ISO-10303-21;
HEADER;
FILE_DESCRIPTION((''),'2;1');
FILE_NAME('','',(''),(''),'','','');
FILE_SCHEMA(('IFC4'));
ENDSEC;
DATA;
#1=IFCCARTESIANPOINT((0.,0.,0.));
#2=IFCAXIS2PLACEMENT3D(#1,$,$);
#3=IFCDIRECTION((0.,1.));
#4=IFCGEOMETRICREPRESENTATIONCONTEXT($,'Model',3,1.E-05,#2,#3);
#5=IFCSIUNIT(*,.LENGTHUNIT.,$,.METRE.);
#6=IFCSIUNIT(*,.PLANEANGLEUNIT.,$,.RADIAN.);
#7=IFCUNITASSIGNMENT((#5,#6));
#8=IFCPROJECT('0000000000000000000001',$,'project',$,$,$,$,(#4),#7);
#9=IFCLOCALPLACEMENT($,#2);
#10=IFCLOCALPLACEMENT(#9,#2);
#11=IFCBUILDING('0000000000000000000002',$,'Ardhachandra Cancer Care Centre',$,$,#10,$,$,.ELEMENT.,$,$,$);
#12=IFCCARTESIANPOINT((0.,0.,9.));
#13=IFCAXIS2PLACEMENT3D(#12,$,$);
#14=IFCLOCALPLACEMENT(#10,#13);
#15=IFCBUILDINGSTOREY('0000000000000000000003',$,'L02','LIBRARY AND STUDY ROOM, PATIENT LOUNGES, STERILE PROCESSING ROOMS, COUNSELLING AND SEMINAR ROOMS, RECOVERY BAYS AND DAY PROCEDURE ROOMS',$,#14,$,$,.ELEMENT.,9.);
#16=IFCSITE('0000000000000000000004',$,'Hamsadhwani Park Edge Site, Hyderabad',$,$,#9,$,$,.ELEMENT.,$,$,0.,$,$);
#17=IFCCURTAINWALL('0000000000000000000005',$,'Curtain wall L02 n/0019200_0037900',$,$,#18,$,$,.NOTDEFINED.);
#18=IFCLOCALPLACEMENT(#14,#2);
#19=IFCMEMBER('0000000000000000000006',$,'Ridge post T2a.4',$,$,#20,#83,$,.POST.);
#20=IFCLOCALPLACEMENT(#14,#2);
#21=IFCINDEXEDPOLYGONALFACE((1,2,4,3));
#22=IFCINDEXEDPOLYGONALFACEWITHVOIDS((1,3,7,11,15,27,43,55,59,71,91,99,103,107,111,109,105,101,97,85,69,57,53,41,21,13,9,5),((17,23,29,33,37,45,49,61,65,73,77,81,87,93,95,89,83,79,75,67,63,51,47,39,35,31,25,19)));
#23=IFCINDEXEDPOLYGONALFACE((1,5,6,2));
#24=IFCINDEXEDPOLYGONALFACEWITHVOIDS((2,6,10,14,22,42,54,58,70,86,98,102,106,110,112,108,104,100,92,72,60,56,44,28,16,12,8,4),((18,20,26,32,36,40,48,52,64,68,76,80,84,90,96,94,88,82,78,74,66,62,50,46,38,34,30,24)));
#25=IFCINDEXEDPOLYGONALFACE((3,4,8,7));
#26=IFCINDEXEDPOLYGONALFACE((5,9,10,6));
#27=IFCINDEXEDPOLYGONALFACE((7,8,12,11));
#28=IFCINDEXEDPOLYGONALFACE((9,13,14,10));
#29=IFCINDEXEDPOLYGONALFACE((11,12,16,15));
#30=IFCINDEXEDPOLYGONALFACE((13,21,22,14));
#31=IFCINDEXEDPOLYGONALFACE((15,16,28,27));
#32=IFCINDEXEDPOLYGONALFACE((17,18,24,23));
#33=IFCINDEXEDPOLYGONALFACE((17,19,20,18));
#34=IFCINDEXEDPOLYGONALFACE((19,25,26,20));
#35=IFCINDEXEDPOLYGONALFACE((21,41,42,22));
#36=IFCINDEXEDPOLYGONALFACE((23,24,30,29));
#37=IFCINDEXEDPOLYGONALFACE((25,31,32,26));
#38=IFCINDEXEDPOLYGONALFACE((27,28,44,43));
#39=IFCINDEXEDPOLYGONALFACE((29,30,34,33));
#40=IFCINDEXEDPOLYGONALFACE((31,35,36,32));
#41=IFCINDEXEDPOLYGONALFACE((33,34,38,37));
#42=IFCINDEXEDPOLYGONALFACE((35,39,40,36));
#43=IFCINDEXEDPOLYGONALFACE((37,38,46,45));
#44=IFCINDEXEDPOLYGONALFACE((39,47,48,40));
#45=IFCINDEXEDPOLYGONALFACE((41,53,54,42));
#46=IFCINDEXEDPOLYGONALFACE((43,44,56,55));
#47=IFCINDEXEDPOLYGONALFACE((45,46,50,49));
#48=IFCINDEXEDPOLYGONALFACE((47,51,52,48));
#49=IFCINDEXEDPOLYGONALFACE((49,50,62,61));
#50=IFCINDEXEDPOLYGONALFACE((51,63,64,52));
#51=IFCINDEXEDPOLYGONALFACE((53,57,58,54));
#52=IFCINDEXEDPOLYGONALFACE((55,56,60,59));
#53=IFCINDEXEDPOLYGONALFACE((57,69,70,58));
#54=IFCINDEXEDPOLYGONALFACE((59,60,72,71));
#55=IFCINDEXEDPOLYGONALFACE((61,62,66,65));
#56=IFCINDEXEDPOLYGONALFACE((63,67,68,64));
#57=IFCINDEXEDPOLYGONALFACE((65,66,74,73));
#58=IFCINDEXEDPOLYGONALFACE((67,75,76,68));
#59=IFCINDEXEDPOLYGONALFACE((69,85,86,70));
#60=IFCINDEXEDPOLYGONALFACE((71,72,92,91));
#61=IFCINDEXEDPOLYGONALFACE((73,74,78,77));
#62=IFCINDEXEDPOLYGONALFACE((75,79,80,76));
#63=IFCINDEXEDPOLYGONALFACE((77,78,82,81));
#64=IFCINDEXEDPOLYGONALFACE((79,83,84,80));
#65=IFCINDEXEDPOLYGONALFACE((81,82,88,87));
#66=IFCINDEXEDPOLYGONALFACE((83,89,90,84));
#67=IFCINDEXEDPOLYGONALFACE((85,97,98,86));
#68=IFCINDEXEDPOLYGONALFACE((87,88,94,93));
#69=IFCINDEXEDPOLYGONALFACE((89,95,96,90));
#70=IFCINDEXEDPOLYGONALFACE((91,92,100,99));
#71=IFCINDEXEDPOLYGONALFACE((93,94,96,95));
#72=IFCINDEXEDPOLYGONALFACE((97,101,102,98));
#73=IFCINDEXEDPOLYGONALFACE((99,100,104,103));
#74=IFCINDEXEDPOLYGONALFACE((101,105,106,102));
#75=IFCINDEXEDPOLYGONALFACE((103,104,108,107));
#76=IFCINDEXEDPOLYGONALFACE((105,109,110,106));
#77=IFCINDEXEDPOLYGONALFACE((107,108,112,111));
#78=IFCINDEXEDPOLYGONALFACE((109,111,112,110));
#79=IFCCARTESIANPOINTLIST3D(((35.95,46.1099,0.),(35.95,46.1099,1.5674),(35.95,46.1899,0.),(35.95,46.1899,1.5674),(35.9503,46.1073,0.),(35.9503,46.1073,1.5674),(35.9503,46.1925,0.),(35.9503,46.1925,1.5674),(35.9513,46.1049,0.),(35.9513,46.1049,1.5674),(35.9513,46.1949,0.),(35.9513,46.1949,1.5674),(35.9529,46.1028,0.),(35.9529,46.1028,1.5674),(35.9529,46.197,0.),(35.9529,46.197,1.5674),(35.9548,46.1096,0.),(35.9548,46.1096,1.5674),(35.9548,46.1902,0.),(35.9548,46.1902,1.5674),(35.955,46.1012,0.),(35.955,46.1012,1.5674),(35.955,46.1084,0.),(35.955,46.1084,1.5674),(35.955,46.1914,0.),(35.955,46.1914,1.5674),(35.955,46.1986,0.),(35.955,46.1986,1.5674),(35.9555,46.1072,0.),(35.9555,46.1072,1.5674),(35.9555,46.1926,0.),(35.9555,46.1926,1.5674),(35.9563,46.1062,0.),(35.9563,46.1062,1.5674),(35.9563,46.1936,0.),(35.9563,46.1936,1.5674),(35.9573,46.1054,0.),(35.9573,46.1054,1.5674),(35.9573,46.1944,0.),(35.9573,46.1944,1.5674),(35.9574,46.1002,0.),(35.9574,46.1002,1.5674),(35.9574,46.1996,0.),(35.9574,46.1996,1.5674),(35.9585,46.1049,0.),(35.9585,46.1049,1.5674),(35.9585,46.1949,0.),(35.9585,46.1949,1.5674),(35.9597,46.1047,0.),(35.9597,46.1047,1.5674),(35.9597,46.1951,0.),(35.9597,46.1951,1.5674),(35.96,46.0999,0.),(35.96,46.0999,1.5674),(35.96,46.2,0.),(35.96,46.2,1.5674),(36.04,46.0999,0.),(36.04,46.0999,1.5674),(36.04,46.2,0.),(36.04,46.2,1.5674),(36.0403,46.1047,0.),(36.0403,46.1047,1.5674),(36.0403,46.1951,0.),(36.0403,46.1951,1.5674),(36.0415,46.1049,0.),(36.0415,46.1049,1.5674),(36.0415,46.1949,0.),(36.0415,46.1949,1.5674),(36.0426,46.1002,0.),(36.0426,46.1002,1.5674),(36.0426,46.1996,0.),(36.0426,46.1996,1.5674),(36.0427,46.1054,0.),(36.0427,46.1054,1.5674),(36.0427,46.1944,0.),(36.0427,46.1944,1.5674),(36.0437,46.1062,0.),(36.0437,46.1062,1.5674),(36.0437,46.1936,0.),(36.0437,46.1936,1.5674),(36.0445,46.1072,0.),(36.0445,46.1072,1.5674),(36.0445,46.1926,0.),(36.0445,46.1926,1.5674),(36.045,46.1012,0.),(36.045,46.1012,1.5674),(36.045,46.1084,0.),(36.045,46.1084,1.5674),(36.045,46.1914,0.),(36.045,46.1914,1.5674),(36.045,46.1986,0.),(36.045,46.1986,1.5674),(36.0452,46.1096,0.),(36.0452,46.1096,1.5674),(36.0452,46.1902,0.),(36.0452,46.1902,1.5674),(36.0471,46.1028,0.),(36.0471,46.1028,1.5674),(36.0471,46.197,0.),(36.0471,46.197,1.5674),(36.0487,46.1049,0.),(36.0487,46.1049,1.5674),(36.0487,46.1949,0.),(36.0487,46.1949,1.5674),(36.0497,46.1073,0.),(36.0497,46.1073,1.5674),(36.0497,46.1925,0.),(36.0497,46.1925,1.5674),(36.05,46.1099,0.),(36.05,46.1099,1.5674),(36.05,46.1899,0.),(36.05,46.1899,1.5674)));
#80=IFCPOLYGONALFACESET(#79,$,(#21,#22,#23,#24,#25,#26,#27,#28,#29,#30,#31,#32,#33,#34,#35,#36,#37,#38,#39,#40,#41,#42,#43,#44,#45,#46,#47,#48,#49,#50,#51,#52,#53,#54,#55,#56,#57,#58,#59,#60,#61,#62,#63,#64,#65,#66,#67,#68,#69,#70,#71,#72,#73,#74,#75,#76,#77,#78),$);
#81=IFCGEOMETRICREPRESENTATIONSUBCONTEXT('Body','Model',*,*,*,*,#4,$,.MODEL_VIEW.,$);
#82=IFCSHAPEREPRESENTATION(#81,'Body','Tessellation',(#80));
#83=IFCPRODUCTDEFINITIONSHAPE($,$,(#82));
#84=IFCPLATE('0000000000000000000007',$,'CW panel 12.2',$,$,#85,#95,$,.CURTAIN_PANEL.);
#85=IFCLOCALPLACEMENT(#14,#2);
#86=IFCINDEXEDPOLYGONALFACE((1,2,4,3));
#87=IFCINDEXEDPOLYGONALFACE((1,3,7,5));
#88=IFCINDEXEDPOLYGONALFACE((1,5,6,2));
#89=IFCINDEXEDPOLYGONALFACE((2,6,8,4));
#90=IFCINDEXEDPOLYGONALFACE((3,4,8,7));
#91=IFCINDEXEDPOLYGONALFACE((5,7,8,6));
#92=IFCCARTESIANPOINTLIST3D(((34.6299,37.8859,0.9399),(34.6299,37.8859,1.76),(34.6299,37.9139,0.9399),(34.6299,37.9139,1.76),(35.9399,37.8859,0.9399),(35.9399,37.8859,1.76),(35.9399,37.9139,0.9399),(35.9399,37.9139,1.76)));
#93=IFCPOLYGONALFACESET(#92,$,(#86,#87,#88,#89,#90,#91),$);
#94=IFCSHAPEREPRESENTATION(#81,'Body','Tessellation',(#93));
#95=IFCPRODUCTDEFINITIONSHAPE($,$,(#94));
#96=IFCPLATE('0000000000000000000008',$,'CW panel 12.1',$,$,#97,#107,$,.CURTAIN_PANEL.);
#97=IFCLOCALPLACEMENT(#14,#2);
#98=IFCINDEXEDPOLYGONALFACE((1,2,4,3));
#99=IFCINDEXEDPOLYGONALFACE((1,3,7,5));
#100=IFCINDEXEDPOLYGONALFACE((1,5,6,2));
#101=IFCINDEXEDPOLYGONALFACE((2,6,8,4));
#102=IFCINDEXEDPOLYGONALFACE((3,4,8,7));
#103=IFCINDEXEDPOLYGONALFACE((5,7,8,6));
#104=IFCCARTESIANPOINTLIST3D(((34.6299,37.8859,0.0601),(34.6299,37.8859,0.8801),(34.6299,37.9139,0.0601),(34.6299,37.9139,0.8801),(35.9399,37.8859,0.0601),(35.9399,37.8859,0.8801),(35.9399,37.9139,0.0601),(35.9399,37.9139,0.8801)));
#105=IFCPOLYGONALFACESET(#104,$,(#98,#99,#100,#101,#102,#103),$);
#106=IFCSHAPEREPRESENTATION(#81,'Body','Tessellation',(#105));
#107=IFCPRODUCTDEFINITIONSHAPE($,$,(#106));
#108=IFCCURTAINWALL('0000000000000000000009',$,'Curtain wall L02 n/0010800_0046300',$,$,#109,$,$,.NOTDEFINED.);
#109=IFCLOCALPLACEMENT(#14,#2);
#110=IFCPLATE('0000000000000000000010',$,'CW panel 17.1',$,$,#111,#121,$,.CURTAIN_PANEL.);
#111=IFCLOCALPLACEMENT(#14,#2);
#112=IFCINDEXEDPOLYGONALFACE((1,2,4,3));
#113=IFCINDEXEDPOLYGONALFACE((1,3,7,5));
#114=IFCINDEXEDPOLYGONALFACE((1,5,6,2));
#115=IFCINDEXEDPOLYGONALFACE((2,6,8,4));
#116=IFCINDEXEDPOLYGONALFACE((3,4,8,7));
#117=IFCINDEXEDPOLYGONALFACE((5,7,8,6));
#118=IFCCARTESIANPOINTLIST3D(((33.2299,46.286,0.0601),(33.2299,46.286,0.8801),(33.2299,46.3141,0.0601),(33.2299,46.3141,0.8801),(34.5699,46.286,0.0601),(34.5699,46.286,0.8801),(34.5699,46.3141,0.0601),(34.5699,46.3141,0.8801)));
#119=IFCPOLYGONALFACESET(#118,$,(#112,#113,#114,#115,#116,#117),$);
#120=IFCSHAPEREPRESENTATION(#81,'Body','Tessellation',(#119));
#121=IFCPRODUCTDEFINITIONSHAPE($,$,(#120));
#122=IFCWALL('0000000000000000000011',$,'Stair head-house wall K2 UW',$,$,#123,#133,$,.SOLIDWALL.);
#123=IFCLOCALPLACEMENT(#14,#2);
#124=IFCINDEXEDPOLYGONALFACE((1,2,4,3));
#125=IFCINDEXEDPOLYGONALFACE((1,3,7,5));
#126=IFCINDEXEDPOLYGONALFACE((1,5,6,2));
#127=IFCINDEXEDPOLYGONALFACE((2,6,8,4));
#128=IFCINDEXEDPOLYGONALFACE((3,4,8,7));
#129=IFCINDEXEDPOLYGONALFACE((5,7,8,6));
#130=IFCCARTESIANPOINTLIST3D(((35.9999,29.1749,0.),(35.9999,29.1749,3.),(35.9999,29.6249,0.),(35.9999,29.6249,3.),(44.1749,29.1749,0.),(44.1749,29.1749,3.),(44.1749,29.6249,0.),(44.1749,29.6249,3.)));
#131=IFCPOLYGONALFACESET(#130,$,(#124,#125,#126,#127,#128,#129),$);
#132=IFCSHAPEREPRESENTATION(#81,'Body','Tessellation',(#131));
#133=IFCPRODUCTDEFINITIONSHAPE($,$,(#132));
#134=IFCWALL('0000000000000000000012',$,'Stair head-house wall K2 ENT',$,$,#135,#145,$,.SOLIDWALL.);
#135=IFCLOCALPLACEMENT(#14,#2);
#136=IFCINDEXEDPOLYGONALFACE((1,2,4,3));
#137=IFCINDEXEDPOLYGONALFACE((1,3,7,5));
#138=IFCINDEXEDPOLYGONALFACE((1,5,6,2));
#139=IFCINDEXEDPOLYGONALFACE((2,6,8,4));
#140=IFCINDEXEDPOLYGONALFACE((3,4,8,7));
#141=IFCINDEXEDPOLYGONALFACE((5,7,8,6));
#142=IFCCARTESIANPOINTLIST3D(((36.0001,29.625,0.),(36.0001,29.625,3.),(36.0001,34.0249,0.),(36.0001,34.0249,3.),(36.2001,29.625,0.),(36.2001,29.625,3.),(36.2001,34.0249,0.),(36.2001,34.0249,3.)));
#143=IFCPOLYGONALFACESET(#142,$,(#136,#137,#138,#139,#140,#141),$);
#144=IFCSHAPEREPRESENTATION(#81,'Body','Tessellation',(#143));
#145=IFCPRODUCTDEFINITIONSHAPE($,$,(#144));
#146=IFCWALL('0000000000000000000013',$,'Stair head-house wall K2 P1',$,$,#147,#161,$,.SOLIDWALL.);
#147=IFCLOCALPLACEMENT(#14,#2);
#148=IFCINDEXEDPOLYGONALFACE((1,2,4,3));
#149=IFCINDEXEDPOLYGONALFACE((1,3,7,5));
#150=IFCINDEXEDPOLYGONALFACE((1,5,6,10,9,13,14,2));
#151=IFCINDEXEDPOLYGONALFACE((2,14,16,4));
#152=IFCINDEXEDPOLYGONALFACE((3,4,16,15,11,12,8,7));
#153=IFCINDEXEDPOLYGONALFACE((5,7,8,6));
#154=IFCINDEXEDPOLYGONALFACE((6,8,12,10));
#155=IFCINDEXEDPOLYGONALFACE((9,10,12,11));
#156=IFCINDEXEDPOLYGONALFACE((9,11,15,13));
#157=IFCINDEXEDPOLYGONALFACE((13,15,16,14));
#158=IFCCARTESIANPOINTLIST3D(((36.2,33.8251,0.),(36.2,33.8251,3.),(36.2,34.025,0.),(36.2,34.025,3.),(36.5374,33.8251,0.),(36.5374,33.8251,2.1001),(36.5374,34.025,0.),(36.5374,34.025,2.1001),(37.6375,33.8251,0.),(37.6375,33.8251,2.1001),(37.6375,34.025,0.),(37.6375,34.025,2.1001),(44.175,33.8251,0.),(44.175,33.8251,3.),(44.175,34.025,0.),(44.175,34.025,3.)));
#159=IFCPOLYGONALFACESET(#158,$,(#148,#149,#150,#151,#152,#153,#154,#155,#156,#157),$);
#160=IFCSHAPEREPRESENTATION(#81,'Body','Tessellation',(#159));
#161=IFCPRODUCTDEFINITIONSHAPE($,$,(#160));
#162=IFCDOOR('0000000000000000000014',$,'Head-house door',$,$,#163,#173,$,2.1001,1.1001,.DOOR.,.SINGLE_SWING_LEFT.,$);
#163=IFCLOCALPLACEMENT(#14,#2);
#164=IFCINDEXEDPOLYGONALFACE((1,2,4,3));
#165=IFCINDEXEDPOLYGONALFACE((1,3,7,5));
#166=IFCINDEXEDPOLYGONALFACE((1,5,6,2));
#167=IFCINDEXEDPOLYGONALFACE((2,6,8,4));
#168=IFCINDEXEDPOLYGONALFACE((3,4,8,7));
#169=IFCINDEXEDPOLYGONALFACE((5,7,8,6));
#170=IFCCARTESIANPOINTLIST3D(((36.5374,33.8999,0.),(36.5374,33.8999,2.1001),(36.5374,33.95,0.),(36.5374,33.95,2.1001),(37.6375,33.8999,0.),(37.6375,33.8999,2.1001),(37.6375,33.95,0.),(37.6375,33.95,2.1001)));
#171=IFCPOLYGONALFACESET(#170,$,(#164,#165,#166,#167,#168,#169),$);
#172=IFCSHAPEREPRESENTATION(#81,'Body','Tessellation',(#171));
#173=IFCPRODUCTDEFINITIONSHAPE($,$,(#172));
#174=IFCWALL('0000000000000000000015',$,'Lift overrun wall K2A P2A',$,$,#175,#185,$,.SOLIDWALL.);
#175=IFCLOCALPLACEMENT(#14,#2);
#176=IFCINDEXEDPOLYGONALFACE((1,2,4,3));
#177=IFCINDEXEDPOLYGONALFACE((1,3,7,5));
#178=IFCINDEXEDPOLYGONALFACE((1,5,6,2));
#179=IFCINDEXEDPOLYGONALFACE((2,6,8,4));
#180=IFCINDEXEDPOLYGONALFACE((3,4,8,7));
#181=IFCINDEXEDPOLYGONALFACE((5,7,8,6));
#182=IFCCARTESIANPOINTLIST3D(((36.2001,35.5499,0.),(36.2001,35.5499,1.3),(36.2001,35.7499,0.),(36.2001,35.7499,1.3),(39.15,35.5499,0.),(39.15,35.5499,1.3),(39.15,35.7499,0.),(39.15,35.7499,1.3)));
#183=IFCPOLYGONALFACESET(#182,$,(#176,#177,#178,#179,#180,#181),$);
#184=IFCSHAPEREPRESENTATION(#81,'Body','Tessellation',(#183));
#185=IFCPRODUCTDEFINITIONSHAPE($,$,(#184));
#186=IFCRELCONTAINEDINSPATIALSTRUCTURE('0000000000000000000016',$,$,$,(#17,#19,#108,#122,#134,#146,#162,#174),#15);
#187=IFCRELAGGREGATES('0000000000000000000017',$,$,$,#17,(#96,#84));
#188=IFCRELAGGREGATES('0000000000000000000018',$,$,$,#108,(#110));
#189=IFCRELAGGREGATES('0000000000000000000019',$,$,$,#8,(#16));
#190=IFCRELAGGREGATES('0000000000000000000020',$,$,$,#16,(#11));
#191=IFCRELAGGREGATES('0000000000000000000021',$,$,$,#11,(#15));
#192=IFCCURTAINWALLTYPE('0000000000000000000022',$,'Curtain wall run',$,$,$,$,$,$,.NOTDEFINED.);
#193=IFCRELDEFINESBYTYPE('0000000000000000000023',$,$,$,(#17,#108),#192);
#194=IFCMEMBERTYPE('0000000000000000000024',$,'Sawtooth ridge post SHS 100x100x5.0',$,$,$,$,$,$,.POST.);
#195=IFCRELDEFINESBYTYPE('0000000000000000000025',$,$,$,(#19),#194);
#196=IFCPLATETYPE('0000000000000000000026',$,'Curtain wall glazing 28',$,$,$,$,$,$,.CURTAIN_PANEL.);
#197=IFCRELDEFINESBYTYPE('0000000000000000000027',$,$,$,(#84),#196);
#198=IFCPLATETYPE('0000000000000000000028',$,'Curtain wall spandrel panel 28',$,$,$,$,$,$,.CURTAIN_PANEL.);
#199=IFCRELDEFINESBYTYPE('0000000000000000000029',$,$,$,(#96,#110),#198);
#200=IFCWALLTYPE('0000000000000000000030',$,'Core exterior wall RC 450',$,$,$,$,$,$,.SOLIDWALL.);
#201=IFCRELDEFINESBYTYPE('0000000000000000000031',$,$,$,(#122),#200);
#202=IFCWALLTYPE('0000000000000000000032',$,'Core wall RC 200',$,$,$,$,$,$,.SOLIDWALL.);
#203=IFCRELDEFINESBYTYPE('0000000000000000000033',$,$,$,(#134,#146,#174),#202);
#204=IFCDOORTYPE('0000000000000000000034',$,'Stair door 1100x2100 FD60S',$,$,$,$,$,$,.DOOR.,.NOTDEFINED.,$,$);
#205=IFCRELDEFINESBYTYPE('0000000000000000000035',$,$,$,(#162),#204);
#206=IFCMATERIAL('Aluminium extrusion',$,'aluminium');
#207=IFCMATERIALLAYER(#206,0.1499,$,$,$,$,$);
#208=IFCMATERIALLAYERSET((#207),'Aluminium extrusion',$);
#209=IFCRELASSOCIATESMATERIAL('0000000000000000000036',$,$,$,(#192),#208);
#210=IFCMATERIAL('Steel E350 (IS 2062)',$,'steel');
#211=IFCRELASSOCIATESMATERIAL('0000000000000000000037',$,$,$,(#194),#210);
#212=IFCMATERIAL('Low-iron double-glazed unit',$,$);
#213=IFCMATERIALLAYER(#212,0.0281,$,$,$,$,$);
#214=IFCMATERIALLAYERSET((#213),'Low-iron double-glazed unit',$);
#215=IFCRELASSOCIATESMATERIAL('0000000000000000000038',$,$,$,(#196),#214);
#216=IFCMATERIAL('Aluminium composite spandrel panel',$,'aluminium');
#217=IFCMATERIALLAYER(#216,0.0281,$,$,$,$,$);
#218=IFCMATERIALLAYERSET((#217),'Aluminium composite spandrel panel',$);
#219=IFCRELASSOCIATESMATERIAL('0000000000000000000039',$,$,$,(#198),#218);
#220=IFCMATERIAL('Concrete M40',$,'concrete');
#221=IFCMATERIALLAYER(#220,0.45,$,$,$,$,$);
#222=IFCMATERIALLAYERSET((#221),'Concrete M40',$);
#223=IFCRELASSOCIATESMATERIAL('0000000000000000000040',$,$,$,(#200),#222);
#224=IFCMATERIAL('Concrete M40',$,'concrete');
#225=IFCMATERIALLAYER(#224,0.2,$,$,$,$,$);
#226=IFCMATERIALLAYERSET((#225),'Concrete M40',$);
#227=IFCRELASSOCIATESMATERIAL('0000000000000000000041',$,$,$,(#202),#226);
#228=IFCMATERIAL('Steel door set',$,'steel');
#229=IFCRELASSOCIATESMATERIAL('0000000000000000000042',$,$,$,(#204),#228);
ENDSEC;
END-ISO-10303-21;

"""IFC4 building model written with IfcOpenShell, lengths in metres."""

from ifc_helpers import new_model, si_unit, direction, frame, frame_2d, origin, origin_2d, place, context, subcontext, project, spatial, rectangle, hollow_rectangle, extrude, material, layer, layer_set, material_profile, profile_set, type_object, element, fill, aggregate, save


model = new_model("IFC4")

# Units and contexts
model_context = context("Model", 3, precision=1e-05, world=origin(), true_north=direction((0.0, 1.0)))
body_context = subcontext(model_context, "Body", "Model", "MODEL_VIEW")
ifc_project = project(units=[si_unit("LENGTHUNIT", "METRE"), si_unit("PLANEANGLEUNIT", "RADIAN")], contexts=[model_context])

# Site, building, storey
site_placement = place(None, origin())
site = spatial("IfcSite", under=ifc_project, at=site_placement, Name="Hamsadhwani Park Edge Site, Hyderabad", CompositionType="ELEMENT", RefElevation=0.0)
building_placement = place(site_placement, origin())
building = spatial("IfcBuilding", under=site, at=building_placement, Name="Ardhachandra Cancer Care Centre", CompositionType="ELEMENT")
storey_placement = place(building_placement, frame((0.0, 0.0, 9.0)))
storey = spatial("IfcBuildingStorey", under=building, at=storey_placement, Name="L02", Description="LIBRARY AND STUDY ROOM, PATIENT LOUNGES, STERILE PROCESSING ROOMS, COUNSELLING AND SEMINAR ROOMS, RECOVERY BAYS AND DAY PROCEDURE ROOMS", CompositionType="ELEMENT", Elevation=9.0)

# Curtain wall
ifc_material_1 = material(Name="Aluminium extrusion", Category="aluminium")
ifc_layer_1 = layer(ifc_material_1, 0.1499)
ifc_layer_set_1 = layer_set([ifc_layer_1], Name="Aluminium extrusion")
curtain_wall_type = type_object("IfcCurtainWallType", Name="Curtain wall run", PredefinedType="NOTDEFINED", material=ifc_layer_set_1)
curtain_wall_1_placement = place(storey_placement, origin())
curtain_wall_1 = element("IfcCurtainWall", 1, at=curtain_wall_1_placement, inside=storey, type_object=curtain_wall_type, Name="Curtain wall L02 n/0019200_0037900", PredefinedType="NOTDEFINED")

# Member
ifc_material_2 = material(Name="Steel E350 (IS 2062)", Category="steel")
ifc_material_profile_1 = material_profile(ifc_material_2, hollow_rectangle(XDim=0.1001, YDim=0.1001, WallThickness=0.0049, InnerFilletRadius=0.0049, OuterFilletRadius=0.01, at=origin_2d()), Name="SHS 100x100x5.0")
ifc_profile_set_1 = profile_set([ifc_material_profile_1], Name="Steel E350 (IS 2062)")
member_type_1 = type_object("IfcMemberType", Name="Sawtooth ridge post SHS 100x100x5.0", PredefinedType="POST", material=ifc_profile_set_1)
for number, where, z_axis, x_axis, name in (
    (2, (36.0, 46.1499, 0.0), (0.0, 0.0, 1.0), (1.0, 0.0, 0.0), "Ridge post T2a.4"),
):
    element("IfcMember", number, at=place(storey_placement, frame(where, z_axis=z_axis, x_axis=x_axis)), inside=storey, type_object=member_type_1, Name=name, PredefinedType="POST", context=body_context, shape_type="SweptSolid", body=[
        extrude(hollow_rectangle(XDim=0.1001, YDim=0.1001, WallThickness=0.0049, InnerFilletRadius=0.0049, OuterFilletRadius=0.01, at=origin_2d()), origin(), (0.0, 0.0, 1.0), 1.5674),
    ])

# Plates
ifc_material_3 = material(Name="Low-iron double-glazed unit")
ifc_layer_2 = layer(ifc_material_3, 0.0281)
ifc_layer_set_2 = layer_set([ifc_layer_2], Name="Low-iron double-glazed unit")
plate_type_1 = type_object("IfcPlateType", Name="Curtain wall glazing 28", PredefinedType="CURTAIN_PANEL", material=ifc_layer_set_2)
plate_1_placement = place(storey_placement, frame((35.2849, 37.8999, 0.9399), z_axis=(0.0, 0.0, 1.0), x_axis=(1.0, 0.0, 0.0)))
plate_1 = element("IfcPlate", 3, at=plate_1_placement, type_object=plate_type_1, Name="CW panel 12.2", PredefinedType="CURTAIN_PANEL", context=body_context, shape_type="SweptSolid", body=[
    extrude(rectangle(XDim=1.3101, YDim=0.0281, at=origin_2d()), origin(), (0.0, 0.0, 1.0), 0.8201),
])
ifc_material_4 = material(Name="Aluminium composite spandrel panel", Category="aluminium")
ifc_layer_3 = layer(ifc_material_4, 0.0281)
ifc_layer_set_3 = layer_set([ifc_layer_3], Name="Aluminium composite spandrel panel")
plate_type_2 = type_object("IfcPlateType", Name="Curtain wall spandrel panel 28", PredefinedType="CURTAIN_PANEL", material=ifc_layer_set_3)
plate_2_placement = place(storey_placement, frame((35.2849, 37.8999, 0.0601), z_axis=(0.0, 0.0, 1.0), x_axis=(1.0, 0.0, 0.0)))
plate_2 = element("IfcPlate", 4, at=plate_2_placement, type_object=plate_type_2, Name="CW panel 12.1", PredefinedType="CURTAIN_PANEL", context=body_context, shape_type="SweptSolid", body=[
    extrude(rectangle(XDim=1.3101, YDim=0.0281, at=origin_2d()), origin(), (0.0, 0.0, 1.0), 0.8201),
])
aggregate(curtain_wall_1, [plate_2, plate_1])

# Curtain wall, plate
curtain_wall_2_placement = place(storey_placement, origin())
curtain_wall_2 = element("IfcCurtainWall", 5, at=curtain_wall_2_placement, inside=storey, type_object=curtain_wall_type, Name="Curtain wall L02 n/0010800_0046300", PredefinedType="NOTDEFINED")
plate_3_placement = place(storey_placement, frame((33.8999, 46.3, 0.0601), z_axis=(0.0, 0.0, 1.0), x_axis=(1.0, 0.0, 0.0)))
plate_3 = element("IfcPlate", 6, at=plate_3_placement, type_object=plate_type_2, Name="CW panel 17.1", PredefinedType="CURTAIN_PANEL", context=body_context, shape_type="SweptSolid", body=[
    extrude(rectangle(XDim=1.3401, YDim=0.0281, at=origin_2d()), origin(), (0.0, 0.0, 1.0), 0.8201),
])
aggregate(curtain_wall_2, [plate_3])

# Walls
ifc_material_5 = material(Name="Concrete M40", Category="concrete")
ifc_layer_4 = layer(ifc_material_5, 0.45)
ifc_layer_set_4 = layer_set([ifc_layer_4], Name="Concrete M40")
wall_type_1 = type_object("IfcWallType", Name="Core exterior wall RC 450", PredefinedType="SOLIDWALL", material=ifc_layer_set_4)
wall_1_placement = place(storey_placement, frame((36.0, 29.3999, 0.0), z_axis=(0.0, 0.0, 1.0), x_axis=(1.0, 0.0, 0.0)))
element("IfcWall", 7, at=wall_1_placement, inside=storey, type_object=wall_type_1, Name="Stair head-house wall K2 UW", PredefinedType="SOLIDWALL", context=body_context, shape_type="SweptSolid", body=[
    extrude(rectangle(XDim=8.175, YDim=0.45, at=frame_2d((4.0874, 0.0))), origin(), (0.0, 0.0, 1.0), 3.0),
])
ifc_material_6 = material(Name="Concrete M40", Category="concrete")
ifc_layer_5 = layer(ifc_material_6, 0.2)
ifc_layer_set_5 = layer_set([ifc_layer_5], Name="Concrete M40")
wall_type_2 = type_object("IfcWallType", Name="Core wall RC 200", PredefinedType="SOLIDWALL", material=ifc_layer_set_5)
wall_2_placement = place(storey_placement, frame((36.1001, 29.625, 0.0), z_axis=(0.0, 0.0, 1.0), x_axis=(0.0, 1.0, 0.0)))
element("IfcWall", 8, at=wall_2_placement, inside=storey, type_object=wall_type_2, Name="Stair head-house wall K2 ENT", PredefinedType="SOLIDWALL", context=body_context, shape_type="SweptSolid", body=[
    extrude(rectangle(XDim=4.3999, YDim=0.2, at=frame_2d((2.2, 0.0))), origin(), (0.0, 0.0, 1.0), 3.0),
])

# Wall, opening, door
wall_3_placement = place(storey_placement, frame((36.2, 33.925, 0.0), z_axis=(0.0, 0.0, 1.0), x_axis=(1.0, 0.0, 0.0)))
wall_3 = element("IfcWall", 9, at=wall_3_placement, inside=storey, type_object=wall_type_2, Name="Stair head-house wall K2 P1", PredefinedType="SOLIDWALL", context=body_context, shape_type="SweptSolid", body=[
    extrude(rectangle(XDim=7.9751, YDim=0.2, at=frame_2d((3.9875, 0.0))), origin(), (0.0, 0.0, 1.0), 3.0),
])
opening_placement = place(wall_3_placement, frame((0.3374, 0.0, 0.0)))
opening = element("IfcOpeningElement", 10, at=opening_placement, cuts=wall_3, PredefinedType="OPENING", context=body_context, shape_type="SweptSolid", body=[
    extrude(rectangle(XDim=1.1001, YDim=2.1001, at=frame_2d((0.55, 1.05))), frame((0.0, 0.1099, 0.0), z_axis=(0.0, -1.0, 0.0), x_axis=(1.0, 0.0, 0.0)), (0.0, 0.0, 1.0), 0.22),
])
ifc_material_7 = material(Name="Steel door set", Category="steel")
door_type = type_object("IfcDoorType", Name="Stair door 1100x2100 FD60S", OperationType="NOTDEFINED", PredefinedType="DOOR", material=ifc_material_7)
door_placement = place(opening_placement, origin())
door = element("IfcDoor", 11, at=door_placement, inside=storey, type_object=door_type, Name="Head-house door", OperationType="SINGLE_SWING_LEFT", OverallHeight=2.1001, OverallWidth=1.1001, PredefinedType="DOOR", context=body_context, shape_type="SweptSolid", body=[
    extrude(rectangle(XDim=1.1001, YDim=2.1001, at=frame_2d((0.55, 1.05))), frame((0.0, 0.0249, 0.0), z_axis=(0.0, -1.0, 0.0), x_axis=(1.0, 0.0, 0.0)), (0.0, 0.0, 1.0), 0.05),
])
fill(opening, door)

# Wall
wall_4_placement = place(storey_placement, frame((36.2, 35.6499, 0.0), z_axis=(0.0, 0.0, 1.0), x_axis=(1.0, 0.0, 0.0)))
element("IfcWall", 12, at=wall_4_placement, inside=storey, type_object=wall_type_2, Name="Lift overrun wall K2A P2A", PredefinedType="SOLIDWALL", context=body_context, shape_type="SweptSolid", body=[
    extrude(rectangle(XDim=2.95, YDim=0.2, at=frame_2d((1.4751, 0.0))), origin(), (0.0, 0.0, 1.0), 1.3),
])

save(model, "model.ifc")
